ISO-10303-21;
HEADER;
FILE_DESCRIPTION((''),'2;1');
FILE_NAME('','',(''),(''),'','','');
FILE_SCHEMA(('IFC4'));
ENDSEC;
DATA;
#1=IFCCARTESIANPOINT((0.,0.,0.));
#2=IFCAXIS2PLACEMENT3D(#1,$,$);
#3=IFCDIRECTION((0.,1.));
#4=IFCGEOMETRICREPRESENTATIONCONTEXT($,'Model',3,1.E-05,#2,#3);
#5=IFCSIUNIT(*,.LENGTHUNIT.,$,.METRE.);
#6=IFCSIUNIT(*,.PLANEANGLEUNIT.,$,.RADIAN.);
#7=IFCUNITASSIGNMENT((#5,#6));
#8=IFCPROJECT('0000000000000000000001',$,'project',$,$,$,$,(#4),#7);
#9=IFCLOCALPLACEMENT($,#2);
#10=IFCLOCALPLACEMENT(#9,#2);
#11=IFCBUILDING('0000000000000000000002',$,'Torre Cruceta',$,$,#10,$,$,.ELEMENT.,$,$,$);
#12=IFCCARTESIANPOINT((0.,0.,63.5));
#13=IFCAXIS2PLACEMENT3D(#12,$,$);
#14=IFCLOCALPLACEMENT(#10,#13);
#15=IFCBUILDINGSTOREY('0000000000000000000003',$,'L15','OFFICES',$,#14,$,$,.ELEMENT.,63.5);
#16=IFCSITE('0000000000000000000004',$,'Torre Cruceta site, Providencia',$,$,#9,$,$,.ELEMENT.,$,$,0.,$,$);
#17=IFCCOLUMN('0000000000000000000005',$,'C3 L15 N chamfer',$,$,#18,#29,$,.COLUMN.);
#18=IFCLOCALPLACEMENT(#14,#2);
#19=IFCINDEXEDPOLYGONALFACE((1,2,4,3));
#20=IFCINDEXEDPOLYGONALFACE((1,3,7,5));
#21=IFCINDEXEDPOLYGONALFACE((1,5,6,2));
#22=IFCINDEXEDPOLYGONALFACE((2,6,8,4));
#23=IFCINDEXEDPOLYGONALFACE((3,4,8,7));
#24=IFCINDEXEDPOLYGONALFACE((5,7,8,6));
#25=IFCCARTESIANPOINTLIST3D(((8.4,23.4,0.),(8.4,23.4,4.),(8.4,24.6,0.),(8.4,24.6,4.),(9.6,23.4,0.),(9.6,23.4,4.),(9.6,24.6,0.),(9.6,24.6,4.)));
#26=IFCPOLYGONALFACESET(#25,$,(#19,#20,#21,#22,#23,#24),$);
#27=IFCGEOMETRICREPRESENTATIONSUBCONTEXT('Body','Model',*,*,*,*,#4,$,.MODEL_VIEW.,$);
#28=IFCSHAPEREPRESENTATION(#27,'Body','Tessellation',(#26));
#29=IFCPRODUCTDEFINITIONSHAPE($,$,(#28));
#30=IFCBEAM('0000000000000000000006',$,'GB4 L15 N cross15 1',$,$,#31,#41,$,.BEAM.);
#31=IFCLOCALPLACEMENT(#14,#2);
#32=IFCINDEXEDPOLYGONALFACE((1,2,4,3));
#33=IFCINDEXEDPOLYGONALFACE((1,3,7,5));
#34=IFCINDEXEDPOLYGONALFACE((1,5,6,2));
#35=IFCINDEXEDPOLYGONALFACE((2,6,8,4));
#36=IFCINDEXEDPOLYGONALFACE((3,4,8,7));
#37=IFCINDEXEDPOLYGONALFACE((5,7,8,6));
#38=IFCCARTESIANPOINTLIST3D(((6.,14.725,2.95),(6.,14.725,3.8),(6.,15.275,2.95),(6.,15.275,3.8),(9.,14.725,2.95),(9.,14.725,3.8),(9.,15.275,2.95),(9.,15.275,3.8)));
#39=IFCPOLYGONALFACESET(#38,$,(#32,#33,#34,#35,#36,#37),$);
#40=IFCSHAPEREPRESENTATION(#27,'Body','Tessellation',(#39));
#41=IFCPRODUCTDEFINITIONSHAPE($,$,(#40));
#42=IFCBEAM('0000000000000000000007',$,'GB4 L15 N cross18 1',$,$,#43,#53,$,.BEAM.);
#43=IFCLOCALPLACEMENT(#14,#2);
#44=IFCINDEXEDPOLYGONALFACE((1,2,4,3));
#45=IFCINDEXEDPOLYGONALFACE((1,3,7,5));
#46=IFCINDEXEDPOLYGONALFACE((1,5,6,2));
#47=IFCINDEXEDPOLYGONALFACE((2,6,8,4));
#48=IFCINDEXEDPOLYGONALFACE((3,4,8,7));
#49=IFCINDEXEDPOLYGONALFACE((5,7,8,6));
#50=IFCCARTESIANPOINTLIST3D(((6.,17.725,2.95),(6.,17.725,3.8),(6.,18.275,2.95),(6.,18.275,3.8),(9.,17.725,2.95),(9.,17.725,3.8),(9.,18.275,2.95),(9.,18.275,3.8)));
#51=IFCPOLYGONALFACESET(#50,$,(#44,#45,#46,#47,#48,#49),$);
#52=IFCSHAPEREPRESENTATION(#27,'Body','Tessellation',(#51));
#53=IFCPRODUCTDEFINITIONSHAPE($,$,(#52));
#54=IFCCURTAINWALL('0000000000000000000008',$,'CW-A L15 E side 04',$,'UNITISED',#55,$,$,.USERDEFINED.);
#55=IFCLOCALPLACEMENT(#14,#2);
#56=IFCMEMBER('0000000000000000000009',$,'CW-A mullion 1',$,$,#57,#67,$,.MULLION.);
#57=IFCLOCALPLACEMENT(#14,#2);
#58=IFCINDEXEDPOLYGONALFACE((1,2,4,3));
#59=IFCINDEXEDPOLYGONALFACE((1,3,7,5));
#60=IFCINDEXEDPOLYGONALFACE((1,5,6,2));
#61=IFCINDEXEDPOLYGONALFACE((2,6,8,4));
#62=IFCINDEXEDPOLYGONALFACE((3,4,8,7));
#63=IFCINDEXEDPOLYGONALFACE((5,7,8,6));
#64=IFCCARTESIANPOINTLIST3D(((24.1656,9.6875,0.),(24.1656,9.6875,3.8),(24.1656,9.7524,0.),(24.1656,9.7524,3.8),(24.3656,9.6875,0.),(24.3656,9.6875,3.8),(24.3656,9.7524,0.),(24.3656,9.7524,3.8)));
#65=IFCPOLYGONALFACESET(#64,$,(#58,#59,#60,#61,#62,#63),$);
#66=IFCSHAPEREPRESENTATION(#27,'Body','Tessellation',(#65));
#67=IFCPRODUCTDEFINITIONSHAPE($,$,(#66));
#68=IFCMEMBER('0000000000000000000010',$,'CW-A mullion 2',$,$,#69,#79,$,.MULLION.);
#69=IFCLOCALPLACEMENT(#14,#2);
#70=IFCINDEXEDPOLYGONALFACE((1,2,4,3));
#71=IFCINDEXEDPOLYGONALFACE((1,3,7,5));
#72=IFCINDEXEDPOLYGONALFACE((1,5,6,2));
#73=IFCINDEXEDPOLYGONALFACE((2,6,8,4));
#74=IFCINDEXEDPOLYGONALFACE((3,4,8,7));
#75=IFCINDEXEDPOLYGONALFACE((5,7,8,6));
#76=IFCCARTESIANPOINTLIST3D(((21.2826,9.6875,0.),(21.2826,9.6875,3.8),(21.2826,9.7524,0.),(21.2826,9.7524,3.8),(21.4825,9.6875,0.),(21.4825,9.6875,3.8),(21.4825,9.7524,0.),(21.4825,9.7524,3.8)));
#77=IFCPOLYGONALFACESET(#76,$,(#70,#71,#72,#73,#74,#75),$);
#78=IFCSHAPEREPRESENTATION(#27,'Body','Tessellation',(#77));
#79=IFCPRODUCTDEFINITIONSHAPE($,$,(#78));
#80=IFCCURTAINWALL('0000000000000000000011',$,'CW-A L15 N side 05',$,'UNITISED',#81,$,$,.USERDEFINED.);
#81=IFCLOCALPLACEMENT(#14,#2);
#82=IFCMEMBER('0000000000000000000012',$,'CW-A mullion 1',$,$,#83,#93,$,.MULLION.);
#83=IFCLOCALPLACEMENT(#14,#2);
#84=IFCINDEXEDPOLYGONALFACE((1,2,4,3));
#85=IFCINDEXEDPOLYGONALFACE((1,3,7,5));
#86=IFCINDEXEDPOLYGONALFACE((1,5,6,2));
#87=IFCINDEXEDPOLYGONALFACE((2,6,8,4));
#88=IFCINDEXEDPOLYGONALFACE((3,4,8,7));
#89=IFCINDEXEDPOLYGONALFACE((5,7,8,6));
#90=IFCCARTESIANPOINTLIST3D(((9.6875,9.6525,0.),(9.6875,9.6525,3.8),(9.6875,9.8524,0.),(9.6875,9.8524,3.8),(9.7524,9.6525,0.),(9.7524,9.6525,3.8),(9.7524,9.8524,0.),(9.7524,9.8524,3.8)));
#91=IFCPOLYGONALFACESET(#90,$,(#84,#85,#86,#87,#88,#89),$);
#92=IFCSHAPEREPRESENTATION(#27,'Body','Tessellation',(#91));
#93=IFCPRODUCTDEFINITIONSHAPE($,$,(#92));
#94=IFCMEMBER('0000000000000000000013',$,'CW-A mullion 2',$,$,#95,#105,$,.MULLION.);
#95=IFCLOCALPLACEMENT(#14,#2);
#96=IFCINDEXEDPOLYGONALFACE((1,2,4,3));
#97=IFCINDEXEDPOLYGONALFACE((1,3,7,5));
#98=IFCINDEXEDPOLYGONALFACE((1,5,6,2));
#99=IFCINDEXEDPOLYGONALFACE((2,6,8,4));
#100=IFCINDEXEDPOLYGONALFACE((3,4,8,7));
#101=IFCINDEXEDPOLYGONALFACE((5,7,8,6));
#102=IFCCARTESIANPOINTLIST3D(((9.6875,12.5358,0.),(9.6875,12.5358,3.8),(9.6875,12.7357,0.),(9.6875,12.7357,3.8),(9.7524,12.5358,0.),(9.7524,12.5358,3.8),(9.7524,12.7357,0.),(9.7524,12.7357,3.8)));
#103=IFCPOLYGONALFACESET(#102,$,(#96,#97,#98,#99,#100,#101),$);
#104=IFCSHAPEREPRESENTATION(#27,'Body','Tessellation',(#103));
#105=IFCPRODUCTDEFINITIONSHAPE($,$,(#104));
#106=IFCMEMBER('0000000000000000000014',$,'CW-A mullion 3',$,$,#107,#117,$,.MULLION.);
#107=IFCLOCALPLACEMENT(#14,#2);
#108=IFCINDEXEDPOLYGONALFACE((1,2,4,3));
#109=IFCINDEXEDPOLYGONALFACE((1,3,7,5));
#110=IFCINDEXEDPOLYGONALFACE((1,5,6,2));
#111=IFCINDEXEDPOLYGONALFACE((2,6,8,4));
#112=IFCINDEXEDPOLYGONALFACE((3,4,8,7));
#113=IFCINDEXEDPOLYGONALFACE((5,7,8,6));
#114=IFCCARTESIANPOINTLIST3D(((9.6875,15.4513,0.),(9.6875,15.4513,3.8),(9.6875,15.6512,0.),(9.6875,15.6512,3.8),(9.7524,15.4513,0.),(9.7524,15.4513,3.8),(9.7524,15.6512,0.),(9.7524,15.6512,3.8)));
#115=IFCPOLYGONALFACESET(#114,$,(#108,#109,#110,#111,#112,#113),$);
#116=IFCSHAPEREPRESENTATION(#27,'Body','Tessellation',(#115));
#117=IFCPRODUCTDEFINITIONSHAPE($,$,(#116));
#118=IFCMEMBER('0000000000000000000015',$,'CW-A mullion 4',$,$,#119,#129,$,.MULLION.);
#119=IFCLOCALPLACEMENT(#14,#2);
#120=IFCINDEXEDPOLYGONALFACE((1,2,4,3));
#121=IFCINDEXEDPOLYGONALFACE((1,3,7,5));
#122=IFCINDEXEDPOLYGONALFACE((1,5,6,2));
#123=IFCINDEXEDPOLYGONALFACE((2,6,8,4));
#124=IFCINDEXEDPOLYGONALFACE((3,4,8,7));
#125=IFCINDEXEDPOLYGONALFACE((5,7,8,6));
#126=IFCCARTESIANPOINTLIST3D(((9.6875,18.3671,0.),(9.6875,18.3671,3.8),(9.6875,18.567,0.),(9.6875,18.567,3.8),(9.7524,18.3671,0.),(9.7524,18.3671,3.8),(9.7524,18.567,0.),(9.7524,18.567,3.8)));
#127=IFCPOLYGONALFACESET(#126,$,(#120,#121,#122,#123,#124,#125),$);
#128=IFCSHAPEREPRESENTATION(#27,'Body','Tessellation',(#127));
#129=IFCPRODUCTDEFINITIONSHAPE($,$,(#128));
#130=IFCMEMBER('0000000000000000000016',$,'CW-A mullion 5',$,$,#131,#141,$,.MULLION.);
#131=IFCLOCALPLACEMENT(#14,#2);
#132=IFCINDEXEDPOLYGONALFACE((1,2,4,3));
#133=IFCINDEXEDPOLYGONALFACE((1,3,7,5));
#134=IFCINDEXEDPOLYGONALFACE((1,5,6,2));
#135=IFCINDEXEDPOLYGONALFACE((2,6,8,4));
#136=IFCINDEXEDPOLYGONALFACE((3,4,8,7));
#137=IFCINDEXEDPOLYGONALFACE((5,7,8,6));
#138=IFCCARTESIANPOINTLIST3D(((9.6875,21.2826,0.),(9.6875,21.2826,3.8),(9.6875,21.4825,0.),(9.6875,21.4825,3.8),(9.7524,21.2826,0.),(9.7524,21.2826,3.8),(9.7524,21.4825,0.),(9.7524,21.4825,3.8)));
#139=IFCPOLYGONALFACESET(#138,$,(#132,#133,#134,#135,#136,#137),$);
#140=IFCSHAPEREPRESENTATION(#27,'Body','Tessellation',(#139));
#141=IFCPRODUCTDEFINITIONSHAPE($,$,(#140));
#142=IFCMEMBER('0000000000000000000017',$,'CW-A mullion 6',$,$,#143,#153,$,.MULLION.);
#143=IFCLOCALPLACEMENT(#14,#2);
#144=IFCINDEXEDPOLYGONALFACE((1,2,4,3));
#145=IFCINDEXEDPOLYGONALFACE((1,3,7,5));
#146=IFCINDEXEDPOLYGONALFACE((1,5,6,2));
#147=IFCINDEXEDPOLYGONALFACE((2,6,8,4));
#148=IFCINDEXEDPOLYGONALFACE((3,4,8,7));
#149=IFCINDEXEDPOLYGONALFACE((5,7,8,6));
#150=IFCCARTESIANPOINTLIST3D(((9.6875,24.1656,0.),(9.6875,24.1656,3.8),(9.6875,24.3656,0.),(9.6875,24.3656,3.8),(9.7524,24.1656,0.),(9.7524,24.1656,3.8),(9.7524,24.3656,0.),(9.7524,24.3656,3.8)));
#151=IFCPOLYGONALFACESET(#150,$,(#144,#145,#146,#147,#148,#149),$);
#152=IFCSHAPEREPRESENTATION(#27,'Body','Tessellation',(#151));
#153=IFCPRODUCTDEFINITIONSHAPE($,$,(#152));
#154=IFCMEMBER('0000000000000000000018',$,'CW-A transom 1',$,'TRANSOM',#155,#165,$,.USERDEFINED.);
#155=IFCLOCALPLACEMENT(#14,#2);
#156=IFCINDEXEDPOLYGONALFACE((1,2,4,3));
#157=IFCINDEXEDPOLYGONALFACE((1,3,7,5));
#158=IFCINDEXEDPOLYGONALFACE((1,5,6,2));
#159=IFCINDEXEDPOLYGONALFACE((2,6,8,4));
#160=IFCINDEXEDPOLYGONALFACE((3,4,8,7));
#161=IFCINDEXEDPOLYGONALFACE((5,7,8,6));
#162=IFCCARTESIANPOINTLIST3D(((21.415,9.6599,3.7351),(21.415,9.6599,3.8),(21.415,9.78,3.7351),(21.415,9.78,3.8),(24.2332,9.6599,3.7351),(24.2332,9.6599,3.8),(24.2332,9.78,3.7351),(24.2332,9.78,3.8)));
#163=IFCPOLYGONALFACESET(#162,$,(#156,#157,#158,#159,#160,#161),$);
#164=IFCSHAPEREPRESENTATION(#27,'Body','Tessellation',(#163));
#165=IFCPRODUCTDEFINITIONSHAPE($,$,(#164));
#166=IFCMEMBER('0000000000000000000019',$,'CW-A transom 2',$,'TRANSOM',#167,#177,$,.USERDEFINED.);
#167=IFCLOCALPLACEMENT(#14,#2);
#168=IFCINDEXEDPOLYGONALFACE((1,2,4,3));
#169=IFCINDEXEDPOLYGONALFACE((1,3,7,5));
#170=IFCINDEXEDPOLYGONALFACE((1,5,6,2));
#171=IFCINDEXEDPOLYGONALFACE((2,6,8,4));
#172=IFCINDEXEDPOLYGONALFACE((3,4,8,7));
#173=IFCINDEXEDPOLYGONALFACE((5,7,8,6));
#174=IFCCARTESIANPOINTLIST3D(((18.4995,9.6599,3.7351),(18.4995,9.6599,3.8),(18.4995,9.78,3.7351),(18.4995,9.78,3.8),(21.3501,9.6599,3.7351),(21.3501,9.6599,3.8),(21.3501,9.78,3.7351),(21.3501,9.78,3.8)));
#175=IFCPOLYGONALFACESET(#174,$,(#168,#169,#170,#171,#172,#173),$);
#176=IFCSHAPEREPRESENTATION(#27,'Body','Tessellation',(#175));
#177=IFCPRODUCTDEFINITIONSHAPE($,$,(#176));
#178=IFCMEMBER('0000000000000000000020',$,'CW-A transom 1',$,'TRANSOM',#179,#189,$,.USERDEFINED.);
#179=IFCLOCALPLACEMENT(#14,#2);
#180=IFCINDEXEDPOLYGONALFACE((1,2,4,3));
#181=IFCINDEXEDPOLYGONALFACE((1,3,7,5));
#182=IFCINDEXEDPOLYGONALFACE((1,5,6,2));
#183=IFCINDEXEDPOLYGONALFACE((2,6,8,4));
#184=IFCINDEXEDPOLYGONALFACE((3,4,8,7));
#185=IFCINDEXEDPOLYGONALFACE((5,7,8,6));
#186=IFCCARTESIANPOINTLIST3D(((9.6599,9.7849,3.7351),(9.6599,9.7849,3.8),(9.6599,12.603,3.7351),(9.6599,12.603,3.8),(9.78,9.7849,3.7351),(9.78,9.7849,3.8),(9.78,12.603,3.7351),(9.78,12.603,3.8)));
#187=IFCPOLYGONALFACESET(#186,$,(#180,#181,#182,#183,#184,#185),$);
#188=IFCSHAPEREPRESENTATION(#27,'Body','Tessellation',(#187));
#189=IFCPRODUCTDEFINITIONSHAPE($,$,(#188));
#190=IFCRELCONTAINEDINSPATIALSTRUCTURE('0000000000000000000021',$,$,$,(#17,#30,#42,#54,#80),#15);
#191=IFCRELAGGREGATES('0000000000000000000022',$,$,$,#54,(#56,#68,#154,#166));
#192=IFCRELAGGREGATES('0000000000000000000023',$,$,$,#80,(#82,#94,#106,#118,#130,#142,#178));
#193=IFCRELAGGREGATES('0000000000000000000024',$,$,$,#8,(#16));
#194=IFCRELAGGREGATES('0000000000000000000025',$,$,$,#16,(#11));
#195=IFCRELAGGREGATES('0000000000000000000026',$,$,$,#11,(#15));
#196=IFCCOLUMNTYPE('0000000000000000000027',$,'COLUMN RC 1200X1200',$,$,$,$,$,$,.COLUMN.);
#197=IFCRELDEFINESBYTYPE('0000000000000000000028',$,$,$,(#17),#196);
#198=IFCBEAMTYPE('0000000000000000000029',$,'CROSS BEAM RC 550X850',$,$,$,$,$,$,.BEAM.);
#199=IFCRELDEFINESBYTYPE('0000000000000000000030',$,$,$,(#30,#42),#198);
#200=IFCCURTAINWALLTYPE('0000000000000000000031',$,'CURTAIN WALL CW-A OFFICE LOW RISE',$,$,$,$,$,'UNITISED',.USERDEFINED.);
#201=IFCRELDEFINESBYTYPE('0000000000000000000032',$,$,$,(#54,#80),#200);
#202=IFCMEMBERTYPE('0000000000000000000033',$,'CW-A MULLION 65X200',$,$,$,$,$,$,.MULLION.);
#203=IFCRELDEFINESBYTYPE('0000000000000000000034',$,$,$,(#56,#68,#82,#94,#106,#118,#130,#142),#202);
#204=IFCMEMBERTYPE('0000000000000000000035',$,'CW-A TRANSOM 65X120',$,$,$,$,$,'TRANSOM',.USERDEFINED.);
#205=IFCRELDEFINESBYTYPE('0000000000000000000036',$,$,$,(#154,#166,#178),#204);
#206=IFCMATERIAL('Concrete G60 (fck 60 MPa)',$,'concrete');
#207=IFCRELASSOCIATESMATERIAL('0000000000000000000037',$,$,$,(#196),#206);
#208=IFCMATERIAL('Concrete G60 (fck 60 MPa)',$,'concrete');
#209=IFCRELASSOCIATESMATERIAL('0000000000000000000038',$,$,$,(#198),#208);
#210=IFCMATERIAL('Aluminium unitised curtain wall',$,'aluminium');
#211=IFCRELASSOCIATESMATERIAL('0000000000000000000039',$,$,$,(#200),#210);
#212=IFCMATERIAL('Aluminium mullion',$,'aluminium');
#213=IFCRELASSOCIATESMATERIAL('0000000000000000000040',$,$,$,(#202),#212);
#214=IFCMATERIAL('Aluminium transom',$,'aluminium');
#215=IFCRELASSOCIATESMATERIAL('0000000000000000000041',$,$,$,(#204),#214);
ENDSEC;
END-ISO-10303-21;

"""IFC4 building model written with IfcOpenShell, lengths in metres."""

from ifc_helpers import new_model, si_unit, direction, frame, origin, origin_2d, place, context, subcontext, project, spatial, rectangle, extrude, material, material_profile, profile_set, type_object, element, aggregate, save


model = new_model("IFC4")

# Units and contexts
model_context = context("Model", 3, precision=1e-05, world=origin(), true_north=direction((0.0, 1.0)))
body_context = subcontext(model_context, "Body", "Model", "MODEL_VIEW")
ifc_project = project(units=[si_unit("LENGTHUNIT", "METRE"), si_unit("PLANEANGLEUNIT", "RADIAN")], contexts=[model_context])

# Site, building, storey
site_placement = place(None, origin())
site = spatial("IfcSite", under=ifc_project, at=site_placement, Name="Torre Cruceta site, Providencia", CompositionType="ELEMENT", RefElevation=0.0)
building_placement = place(site_placement, origin())
building = spatial("IfcBuilding", under=site, at=building_placement, Name="Torre Cruceta", CompositionType="ELEMENT")
storey_placement = place(building_placement, frame((0.0, 0.0, 63.5)))
storey = spatial("IfcBuildingStorey", under=building, at=storey_placement, Name="L15", Description="OFFICES", CompositionType="ELEMENT", Elevation=63.5)

# Column
ifc_material_1 = material(Name="Concrete G60 (fck 60 MPa)", Category="concrete")
ifc_material_profile_1 = material_profile(ifc_material_1, rectangle(XDim=1.2, YDim=1.2, at=origin_2d()), Name="RC 1200X1200")
ifc_profile_set_1 = profile_set([ifc_material_profile_1], Name="Concrete G60 (fck 60 MPa)")
column_type = type_object("IfcColumnType", Name="COLUMN RC 1200X1200", PredefinedType="COLUMN", material=ifc_profile_set_1)
column_placement = place(storey_placement, frame((9.0, 24.0, 0.0), z_axis=(0.0, 0.0, 1.0), x_axis=(1.0, 0.0, 0.0)))
element("IfcColumn", 1, at=column_placement, inside=storey, type_object=column_type, Name="C3 L15 N chamfer", PredefinedType="COLUMN", context=body_context, shape_type="SweptSolid", body=[
    extrude(rectangle(XDim=1.2, YDim=1.2, at=origin_2d()), origin(), (0.0, 0.0, 1.0), 4.0),
])

# Beams
ifc_material_2 = material(Name="Concrete G60 (fck 60 MPa)", Category="concrete")
ifc_material_profile_2 = material_profile(ifc_material_2, rectangle(XDim=0.55, YDim=0.8501, at=origin_2d()), Name="RC 550X850")
ifc_profile_set_2 = profile_set([ifc_material_profile_2], Name="Concrete G60 (fck 60 MPa)")
beam_type_1 = type_object("IfcBeamType", Name="CROSS BEAM RC 550X850", PredefinedType="BEAM", material=ifc_profile_set_2)
for number, where, z_axis, x_axis, name in (
    (2, (9.0, 15.0, 3.375), (-1.0, 0.0, 0.0), (0.0, -1.0, 0.0), "GB4 L15 N cross15 1"),
    (3, (9.0, 18.0, 3.375), (-1.0, 0.0, 0.0), (0.0, -1.0, 0.0), "GB4 L15 N cross18 1"),
):
    element("IfcBeam", number, at=place(storey_placement, frame(where, z_axis=z_axis, x_axis=x_axis)), inside=storey, type_object=beam_type_1, Name=name, PredefinedType="BEAM", context=body_context, shape_type="SweptSolid", body=[
        extrude(rectangle(XDim=0.55, YDim=0.8501, at=origin_2d()), origin(), (0.0, 0.0, 1.0), 3.0),
    ])

# Curtain walls, members
ifc_material_3 = material(Name="Aluminium unitised curtain wall", Category="aluminium")
curtain_wall_type = type_object("IfcCurtainWallType", Name="CURTAIN WALL CW-A OFFICE LOW RISE", ElementType="UNITISED", PredefinedType="USERDEFINED", material=ifc_material_3)
curtain_wall_1_placement = place(storey_placement, origin())
curtain_wall_1 = element("IfcCurtainWall", 4, at=curtain_wall_1_placement, inside=storey, type_object=curtain_wall_type, Name="CW-A L15 E side 04", ObjectType="UNITISED", PredefinedType="USERDEFINED")
ifc_material_4 = material(Name="Aluminium mullion", Category="aluminium")
ifc_material_profile_3 = material_profile(ifc_material_4, rectangle(XDim=0.0649, YDim=0.2, at=origin_2d()), Name="AL 65X200")
ifc_profile_set_3 = profile_set([ifc_material_profile_3], Name="Aluminium mullion")
member_type_1 = type_object("IfcMemberType", Name="CW-A MULLION 65X200", PredefinedType="MULLION", material=ifc_profile_set_3)
member_1_placement = place(storey_placement, frame((24.2656, 9.72, 0.0), z_axis=(0.0, 0.0, 1.0), x_axis=(0.0, -1.0, 0.0)))
member_1 = element("IfcMember", 5, at=member_1_placement, type_object=member_type_1, Name="CW-A mullion 1", PredefinedType="MULLION", context=body_context, shape_type="SweptSolid", body=[
    extrude(rectangle(XDim=0.0649, YDim=0.2, at=origin_2d()), origin(), (0.0, 0.0, 1.0), 3.8),
])
member_2_placement = place(storey_placement, frame((21.3826, 9.72, 0.0), z_axis=(0.0, 0.0, 1.0), x_axis=(0.0, -1.0, 0.0)))
member_2 = element("IfcMember", 6, at=member_2_placement, type_object=member_type_1, Name="CW-A mullion 2", PredefinedType="MULLION", context=body_context, shape_type="SweptSolid", body=[
    extrude(rectangle(XDim=0.0649, YDim=0.2, at=origin_2d()), origin(), (0.0, 0.0, 1.0), 3.8),
])
curtain_wall_2_placement = place(storey_placement, origin())
curtain_wall_2 = element("IfcCurtainWall", 7, at=curtain_wall_2_placement, inside=storey, type_object=curtain_wall_type, Name="CW-A L15 N side 05", ObjectType="UNITISED", PredefinedType="USERDEFINED")
member_3_placement = place(storey_placement, frame((9.72, 9.7524, 0.0), z_axis=(0.0, 0.0, 1.0), x_axis=(-1.0, 0.0, 0.0)))
member_3 = element("IfcMember", 8, at=member_3_placement, type_object=member_type_1, Name="CW-A mullion 1", PredefinedType="MULLION", context=body_context, shape_type="SweptSolid", body=[
    extrude(rectangle(XDim=0.0649, YDim=0.2, at=origin_2d()), origin(), (0.0, 0.0, 1.0), 3.8),
])
member_4_placement = place(storey_placement, frame((9.72, 12.6357, 0.0), z_axis=(0.0, 0.0, 1.0), x_axis=(-1.0, 0.0, 0.0)))
member_4 = element("IfcMember", 9, at=member_4_placement, type_object=member_type_1, Name="CW-A mullion 2", PredefinedType="MULLION", context=body_context, shape_type="SweptSolid", body=[
    extrude(rectangle(XDim=0.0649, YDim=0.2, at=origin_2d()), origin(), (0.0, 0.0, 1.0), 3.8),
])
member_5_placement = place(storey_placement, frame((9.72, 15.5513, 0.0), z_axis=(0.0, 0.0, 1.0), x_axis=(-1.0, 0.0, 0.0)))
member_5 = element("IfcMember", 10, at=member_5_placement, type_object=member_type_1, Name="CW-A mullion 3", PredefinedType="MULLION", context=body_context, shape_type="SweptSolid", body=[
    extrude(rectangle(XDim=0.0649, YDim=0.2, at=origin_2d()), origin(), (0.0, 0.0, 1.0), 3.8),
])
member_6_placement = place(storey_placement, frame((9.72, 18.467, 0.0), z_axis=(0.0, 0.0, 1.0), x_axis=(-1.0, 0.0, 0.0)))
member_6 = element("IfcMember", 11, at=member_6_placement, type_object=member_type_1, Name="CW-A mullion 4", PredefinedType="MULLION", context=body_context, shape_type="SweptSolid", body=[
    extrude(rectangle(XDim=0.0649, YDim=0.2, at=origin_2d()), origin(), (0.0, 0.0, 1.0), 3.8),
])
member_7_placement = place(storey_placement, frame((9.72, 21.3826, 0.0), z_axis=(0.0, 0.0, 1.0), x_axis=(-1.0, 0.0, 0.0)))
member_7 = element("IfcMember", 12, at=member_7_placement, type_object=member_type_1, Name="CW-A mullion 5", PredefinedType="MULLION", context=body_context, shape_type="SweptSolid", body=[
    extrude(rectangle(XDim=0.0649, YDim=0.2, at=origin_2d()), origin(), (0.0, 0.0, 1.0), 3.8),
])
member_8_placement = place(storey_placement, frame((9.72, 24.2656, 0.0), z_axis=(0.0, 0.0, 1.0), x_axis=(-1.0, 0.0, 0.0)))
member_8 = element("IfcMember", 13, at=member_8_placement, type_object=member_type_1, Name="CW-A mullion 6", PredefinedType="MULLION", context=body_context, shape_type="SweptSolid", body=[
    extrude(rectangle(XDim=0.0649, YDim=0.2, at=origin_2d()), origin(), (0.0, 0.0, 1.0), 3.8),
])

# Members
ifc_material_5 = material(Name="Aluminium transom", Category="aluminium")
ifc_material_profile_4 = material_profile(ifc_material_5, rectangle(XDim=0.1201, YDim=0.0649, at=origin_2d()), Name="AL 120X65")
ifc_profile_set_4 = profile_set([ifc_material_profile_4], Name="Aluminium transom")
member_type_2 = type_object("IfcMemberType", Name="CW-A TRANSOM 65X120", ElementType="TRANSOM", PredefinedType="USERDEFINED", material=ifc_profile_set_4)
member_9_placement = place(storey_placement, frame((24.2332, 9.72, 3.7676), z_axis=(-1.0, 0.0, 0.0), x_axis=(0.0, -1.0, 0.0)))
member_9 = element("IfcMember", 14, at=member_9_placement, type_object=member_type_2, Name="CW-A transom 1", ObjectType="TRANSOM", PredefinedType="USERDEFINED", context=body_context, shape_type="SweptSolid", body=[
    extrude(rectangle(XDim=0.1201, YDim=0.0649, at=origin_2d()), origin(), (0.0, 0.0, 1.0), 2.8181),
])
member_10_placement = place(storey_placement, frame((21.3501, 9.72, 3.7676), z_axis=(-1.0, 0.0, 0.0), x_axis=(0.0, -1.0, 0.0)))
member_10 = element("IfcMember", 15, at=member_10_placement, type_object=member_type_2, Name="CW-A transom 2", ObjectType="TRANSOM", PredefinedType="USERDEFINED", context=body_context, shape_type="SweptSolid", body=[
    extrude(rectangle(XDim=0.1201, YDim=0.0649, at=origin_2d()), origin(), (0.0, 0.0, 1.0), 2.8506),
])
member_11_placement = place(storey_placement, frame((9.72, 9.7849, 3.7676), z_axis=(0.0, 1.0, 0.0), x_axis=(-1.0, 0.0, 0.0)))
member_11 = element("IfcMember", 16, at=member_11_placement, type_object=member_type_2, Name="CW-A transom 1", ObjectType="TRANSOM", PredefinedType="USERDEFINED", context=body_context, shape_type="SweptSolid", body=[
    extrude(rectangle(XDim=0.1201, YDim=0.0649, at=origin_2d()), origin(), (0.0, 0.0, 1.0), 2.8181),
])

aggregate(curtain_wall_1, [member_1, member_2, member_9, member_10])
aggregate(curtain_wall_2, [member_3, member_4, member_5, member_6, member_7, member_8, member_11])

save(model, "model.ifc")
